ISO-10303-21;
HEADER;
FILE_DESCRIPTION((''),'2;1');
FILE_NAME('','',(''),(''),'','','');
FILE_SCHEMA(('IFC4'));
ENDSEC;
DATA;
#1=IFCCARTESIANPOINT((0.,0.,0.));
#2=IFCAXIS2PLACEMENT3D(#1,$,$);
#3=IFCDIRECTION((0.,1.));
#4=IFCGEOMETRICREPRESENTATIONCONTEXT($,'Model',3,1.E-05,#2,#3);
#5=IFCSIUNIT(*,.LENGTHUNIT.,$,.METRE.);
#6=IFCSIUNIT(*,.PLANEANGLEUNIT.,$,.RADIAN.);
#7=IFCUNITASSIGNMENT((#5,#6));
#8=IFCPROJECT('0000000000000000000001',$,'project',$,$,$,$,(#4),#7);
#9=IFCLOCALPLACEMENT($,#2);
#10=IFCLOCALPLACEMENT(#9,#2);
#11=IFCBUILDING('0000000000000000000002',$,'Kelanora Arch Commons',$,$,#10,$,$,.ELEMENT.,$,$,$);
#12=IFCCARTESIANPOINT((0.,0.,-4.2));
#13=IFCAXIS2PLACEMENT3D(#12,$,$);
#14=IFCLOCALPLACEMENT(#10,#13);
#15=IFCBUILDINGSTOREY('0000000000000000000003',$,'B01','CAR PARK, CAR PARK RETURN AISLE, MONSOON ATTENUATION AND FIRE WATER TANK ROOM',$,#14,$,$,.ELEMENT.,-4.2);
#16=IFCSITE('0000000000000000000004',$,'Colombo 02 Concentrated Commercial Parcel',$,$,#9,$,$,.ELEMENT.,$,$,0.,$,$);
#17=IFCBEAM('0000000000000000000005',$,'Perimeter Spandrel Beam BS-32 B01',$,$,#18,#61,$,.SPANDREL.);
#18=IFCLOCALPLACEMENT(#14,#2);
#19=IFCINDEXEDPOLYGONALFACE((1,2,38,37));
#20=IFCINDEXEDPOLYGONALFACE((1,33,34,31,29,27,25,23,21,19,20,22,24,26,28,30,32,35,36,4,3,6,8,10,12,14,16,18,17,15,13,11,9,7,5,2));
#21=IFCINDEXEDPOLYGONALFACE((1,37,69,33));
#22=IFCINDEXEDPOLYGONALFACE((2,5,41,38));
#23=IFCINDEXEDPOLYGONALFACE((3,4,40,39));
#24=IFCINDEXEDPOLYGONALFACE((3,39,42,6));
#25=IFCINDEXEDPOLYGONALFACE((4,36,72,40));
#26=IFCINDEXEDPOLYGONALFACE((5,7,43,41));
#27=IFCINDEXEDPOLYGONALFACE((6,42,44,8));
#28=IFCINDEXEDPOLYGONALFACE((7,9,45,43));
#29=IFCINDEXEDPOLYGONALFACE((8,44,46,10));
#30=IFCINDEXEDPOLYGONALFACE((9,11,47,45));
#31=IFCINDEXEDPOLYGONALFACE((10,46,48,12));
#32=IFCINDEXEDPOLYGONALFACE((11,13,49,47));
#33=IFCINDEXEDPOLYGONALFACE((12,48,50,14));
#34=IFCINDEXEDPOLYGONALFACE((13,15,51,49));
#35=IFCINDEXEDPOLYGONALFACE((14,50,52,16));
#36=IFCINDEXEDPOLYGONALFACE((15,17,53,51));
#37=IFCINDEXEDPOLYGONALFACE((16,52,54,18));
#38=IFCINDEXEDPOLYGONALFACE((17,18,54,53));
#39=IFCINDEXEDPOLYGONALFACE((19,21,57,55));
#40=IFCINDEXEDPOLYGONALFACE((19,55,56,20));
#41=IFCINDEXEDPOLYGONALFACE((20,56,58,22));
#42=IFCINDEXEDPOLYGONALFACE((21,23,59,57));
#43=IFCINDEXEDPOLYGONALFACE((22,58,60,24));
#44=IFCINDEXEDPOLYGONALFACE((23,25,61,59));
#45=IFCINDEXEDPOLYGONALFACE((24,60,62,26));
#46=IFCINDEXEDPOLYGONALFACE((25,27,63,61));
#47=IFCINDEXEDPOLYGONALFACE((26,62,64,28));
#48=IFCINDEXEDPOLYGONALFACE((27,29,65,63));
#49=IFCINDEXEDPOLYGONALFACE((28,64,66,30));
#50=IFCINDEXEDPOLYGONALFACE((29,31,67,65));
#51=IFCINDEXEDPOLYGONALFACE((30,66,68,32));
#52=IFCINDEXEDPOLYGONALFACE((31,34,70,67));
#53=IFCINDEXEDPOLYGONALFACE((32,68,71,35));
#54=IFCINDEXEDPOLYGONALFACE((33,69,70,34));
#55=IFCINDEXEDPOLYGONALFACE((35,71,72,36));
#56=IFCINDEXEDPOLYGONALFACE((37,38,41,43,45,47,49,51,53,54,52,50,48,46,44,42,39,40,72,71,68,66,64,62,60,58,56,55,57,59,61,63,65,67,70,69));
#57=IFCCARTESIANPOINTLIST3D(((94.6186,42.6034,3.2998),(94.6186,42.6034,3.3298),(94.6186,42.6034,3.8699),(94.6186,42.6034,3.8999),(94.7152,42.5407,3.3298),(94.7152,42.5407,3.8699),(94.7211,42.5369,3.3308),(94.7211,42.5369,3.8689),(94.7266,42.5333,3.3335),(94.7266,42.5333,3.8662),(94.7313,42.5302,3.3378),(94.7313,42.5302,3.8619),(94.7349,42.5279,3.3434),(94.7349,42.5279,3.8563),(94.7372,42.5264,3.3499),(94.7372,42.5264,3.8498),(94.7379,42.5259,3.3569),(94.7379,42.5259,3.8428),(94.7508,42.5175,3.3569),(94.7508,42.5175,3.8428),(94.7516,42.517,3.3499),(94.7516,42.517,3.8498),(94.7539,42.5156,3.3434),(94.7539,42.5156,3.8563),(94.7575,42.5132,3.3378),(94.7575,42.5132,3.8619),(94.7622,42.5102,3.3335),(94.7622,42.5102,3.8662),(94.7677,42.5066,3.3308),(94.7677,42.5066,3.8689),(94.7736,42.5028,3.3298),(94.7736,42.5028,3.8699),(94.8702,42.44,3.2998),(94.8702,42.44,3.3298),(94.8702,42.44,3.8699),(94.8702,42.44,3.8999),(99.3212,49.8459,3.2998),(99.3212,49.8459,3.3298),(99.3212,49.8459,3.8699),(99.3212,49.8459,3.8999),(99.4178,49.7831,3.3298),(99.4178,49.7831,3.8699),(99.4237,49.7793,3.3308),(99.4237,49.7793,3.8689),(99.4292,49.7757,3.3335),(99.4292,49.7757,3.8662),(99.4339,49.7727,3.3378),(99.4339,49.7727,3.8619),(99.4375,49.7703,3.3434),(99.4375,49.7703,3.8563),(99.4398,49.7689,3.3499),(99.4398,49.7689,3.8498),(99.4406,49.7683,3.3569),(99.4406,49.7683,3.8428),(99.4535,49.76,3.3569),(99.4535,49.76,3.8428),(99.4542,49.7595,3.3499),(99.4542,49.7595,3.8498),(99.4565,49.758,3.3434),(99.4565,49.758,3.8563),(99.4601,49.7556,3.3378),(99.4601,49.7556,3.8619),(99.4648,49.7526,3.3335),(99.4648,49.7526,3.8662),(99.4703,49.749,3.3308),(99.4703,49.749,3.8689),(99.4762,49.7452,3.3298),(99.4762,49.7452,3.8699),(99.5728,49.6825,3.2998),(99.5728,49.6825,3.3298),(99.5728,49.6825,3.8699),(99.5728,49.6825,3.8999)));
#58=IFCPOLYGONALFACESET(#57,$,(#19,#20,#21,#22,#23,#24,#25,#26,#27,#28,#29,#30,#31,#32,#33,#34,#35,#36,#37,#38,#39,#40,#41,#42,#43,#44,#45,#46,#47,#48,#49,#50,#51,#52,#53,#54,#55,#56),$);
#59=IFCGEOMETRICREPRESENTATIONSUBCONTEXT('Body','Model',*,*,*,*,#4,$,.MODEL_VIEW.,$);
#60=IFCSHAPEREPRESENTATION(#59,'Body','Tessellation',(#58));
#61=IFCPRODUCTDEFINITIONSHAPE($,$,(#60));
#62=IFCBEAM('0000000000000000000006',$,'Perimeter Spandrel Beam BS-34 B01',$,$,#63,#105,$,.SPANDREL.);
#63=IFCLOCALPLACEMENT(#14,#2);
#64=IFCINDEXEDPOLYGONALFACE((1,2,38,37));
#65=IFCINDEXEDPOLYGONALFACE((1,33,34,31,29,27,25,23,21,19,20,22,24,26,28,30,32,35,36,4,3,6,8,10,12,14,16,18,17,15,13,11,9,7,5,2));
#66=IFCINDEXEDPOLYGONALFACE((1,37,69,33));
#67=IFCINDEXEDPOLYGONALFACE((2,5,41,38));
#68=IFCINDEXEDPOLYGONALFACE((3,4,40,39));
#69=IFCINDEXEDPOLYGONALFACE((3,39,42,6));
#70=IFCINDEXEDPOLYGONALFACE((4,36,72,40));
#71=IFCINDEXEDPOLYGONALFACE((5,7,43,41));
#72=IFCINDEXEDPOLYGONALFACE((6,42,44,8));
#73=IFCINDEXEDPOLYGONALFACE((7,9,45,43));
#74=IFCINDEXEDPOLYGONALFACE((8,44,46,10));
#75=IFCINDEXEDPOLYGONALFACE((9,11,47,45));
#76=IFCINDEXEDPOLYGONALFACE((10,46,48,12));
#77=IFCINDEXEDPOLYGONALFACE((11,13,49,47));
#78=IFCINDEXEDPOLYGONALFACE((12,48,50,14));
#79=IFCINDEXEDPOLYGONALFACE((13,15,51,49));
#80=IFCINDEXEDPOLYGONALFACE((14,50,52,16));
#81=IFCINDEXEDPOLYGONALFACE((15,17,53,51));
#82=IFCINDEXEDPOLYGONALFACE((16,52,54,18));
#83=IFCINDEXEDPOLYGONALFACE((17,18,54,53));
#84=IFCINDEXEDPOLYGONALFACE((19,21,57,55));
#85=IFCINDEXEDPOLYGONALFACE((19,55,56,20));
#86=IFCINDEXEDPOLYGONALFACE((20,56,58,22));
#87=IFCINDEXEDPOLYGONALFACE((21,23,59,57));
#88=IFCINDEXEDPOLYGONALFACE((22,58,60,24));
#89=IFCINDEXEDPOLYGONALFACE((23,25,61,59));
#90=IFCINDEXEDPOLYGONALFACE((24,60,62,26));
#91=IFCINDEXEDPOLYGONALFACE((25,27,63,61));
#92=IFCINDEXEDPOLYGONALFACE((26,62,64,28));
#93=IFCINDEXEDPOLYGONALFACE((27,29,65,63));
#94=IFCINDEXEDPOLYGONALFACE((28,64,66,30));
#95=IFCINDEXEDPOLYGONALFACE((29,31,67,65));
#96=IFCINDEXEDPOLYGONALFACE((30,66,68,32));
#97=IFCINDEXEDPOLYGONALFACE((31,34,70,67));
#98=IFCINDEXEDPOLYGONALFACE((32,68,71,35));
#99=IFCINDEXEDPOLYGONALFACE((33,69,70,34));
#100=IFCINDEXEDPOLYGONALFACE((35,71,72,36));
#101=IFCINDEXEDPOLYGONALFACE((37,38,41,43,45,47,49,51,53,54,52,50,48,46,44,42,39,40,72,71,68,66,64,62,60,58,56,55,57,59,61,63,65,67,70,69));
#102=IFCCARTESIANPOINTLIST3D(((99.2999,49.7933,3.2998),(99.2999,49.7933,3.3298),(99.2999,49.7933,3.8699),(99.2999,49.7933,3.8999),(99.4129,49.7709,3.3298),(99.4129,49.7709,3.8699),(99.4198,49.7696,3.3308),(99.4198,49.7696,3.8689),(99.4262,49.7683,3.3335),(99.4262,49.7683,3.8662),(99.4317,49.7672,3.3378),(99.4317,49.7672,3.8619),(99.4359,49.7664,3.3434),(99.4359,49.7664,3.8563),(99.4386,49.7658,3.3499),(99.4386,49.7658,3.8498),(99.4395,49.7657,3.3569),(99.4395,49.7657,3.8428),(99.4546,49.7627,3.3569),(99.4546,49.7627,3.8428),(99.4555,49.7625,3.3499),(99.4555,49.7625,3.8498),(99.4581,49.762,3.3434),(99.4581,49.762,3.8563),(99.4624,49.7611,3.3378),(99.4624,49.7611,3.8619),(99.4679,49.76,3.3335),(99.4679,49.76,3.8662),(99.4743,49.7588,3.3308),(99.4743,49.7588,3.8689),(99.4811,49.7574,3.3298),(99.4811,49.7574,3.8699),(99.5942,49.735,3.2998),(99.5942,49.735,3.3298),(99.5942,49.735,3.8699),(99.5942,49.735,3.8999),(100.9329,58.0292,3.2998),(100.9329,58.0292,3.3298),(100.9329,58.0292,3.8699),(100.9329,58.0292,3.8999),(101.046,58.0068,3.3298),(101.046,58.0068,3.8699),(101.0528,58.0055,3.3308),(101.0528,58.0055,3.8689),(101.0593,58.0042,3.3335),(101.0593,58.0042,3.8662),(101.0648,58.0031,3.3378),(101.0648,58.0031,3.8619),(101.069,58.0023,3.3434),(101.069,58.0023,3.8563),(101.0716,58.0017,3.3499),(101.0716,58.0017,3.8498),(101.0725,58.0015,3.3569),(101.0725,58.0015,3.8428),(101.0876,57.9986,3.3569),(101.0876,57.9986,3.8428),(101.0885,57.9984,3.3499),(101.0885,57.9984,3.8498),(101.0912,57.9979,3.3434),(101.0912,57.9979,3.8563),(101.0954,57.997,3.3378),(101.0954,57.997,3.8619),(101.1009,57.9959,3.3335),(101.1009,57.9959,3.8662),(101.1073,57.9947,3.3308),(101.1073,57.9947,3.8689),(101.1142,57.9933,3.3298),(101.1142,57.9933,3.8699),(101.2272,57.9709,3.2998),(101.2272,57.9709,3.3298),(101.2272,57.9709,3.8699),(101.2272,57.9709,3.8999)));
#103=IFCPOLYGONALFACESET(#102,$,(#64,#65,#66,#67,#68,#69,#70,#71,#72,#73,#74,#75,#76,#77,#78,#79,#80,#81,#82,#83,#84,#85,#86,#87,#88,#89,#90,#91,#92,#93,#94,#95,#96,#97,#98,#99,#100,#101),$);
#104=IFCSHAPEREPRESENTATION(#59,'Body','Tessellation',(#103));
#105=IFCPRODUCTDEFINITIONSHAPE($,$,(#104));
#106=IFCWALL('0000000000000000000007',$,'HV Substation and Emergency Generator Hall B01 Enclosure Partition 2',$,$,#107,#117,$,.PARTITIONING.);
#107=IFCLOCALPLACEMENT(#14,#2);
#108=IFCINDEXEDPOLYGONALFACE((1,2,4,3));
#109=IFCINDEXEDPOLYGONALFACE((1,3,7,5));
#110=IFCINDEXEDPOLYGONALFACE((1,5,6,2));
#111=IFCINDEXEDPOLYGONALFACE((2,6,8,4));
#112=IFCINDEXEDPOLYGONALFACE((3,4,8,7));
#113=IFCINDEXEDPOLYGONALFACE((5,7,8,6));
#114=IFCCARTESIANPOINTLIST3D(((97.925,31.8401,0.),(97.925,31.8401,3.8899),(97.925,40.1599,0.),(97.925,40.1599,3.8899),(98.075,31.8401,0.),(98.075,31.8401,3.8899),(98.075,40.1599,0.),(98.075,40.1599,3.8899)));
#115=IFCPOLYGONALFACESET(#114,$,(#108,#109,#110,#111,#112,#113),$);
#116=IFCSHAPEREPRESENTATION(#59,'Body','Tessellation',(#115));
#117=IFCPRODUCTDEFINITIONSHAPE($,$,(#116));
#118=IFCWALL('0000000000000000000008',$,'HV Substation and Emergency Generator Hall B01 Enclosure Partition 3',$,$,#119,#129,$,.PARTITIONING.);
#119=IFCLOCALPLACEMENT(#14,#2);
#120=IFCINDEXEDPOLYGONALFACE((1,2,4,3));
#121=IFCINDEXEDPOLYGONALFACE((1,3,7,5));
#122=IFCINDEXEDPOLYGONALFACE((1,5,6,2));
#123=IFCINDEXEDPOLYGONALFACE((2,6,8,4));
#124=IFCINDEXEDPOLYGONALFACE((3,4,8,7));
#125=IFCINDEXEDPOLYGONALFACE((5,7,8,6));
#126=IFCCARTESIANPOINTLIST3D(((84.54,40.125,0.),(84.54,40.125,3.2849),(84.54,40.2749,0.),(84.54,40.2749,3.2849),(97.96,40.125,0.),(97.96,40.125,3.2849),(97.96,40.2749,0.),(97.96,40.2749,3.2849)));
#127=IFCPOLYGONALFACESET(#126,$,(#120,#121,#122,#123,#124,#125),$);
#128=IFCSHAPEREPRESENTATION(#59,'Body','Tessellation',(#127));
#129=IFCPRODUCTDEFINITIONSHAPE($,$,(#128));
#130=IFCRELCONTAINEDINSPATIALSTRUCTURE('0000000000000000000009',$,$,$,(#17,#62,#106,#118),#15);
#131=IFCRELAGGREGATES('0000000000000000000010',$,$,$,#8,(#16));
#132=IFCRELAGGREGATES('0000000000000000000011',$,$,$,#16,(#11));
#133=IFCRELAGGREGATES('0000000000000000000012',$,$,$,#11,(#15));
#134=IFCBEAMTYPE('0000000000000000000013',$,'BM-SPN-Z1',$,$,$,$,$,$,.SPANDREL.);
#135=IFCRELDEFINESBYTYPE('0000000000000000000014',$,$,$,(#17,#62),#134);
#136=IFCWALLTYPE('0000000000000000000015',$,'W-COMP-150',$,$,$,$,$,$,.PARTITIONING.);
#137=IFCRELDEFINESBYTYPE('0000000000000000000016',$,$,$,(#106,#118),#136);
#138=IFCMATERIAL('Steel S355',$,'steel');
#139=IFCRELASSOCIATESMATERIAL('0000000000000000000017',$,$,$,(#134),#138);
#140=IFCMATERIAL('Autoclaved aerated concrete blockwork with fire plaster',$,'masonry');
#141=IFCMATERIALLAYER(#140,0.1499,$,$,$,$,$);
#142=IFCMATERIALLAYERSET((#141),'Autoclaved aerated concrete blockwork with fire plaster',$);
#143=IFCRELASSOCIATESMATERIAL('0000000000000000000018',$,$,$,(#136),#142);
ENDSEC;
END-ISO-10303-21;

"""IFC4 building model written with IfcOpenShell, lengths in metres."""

from ifc_helpers import new_model, si_unit, direction, frame, frame_2d, origin, origin_2d, place, context, subcontext, project, spatial, rectangle, i_section, extrude, material, layer, layer_set, material_profile, profile_set, type_object, element, save


model = new_model("IFC4")

# Units and contexts
model_context = context("Model", 3, precision=1e-05, world=origin(), true_north=direction((0.0, 1.0)))
body_context = subcontext(model_context, "Body", "Model", "MODEL_VIEW")
ifc_project = project(units=[si_unit("LENGTHUNIT", "METRE"), si_unit("PLANEANGLEUNIT", "RADIAN")], contexts=[model_context])

# Site, building, storey
site_placement = place(None, origin())
site = spatial("IfcSite", under=ifc_project, at=site_placement, Name="Colombo 02 Concentrated Commercial Parcel", CompositionType="ELEMENT", RefElevation=0.0)
building_placement = place(site_placement, origin())
building = spatial("IfcBuilding", under=site, at=building_placement, Name="Kelanora Arch Commons", CompositionType="ELEMENT")
storey_placement = place(building_placement, frame((0.0, 0.0, -4.2)))
storey = spatial("IfcBuildingStorey", under=building, at=storey_placement, Name="B01", Description="CAR PARK, CAR PARK RETURN AISLE, MONSOON ATTENUATION AND FIRE WATER TANK ROOM", CompositionType="ELEMENT", Elevation=-4.2)

# Shared definitions
ifc_material_1 = material(Name="Steel S355", Category="steel")

# Beams
ifc_material_profile_1 = material_profile(ifc_material_1, i_section(OverallWidth=0.3, OverallDepth=0.6001, WebThickness=0.0154, FlangeThickness=0.03, FilletRadius=0.0271, at=origin_2d()), Name="HEB600")
ifc_profile_set_1 = profile_set([ifc_material_profile_1], Name="Steel S355")
beam_type_1 = type_object("IfcBeamType", Name="BM-SPN-Z1", PredefinedType="SPANDREL", material=ifc_profile_set_1)
beam_1_placement = place(storey_placement, frame((94.7444, 42.5217, 3.5999), z_axis=(0.544586, 0.838705, 0.0), x_axis=(-0.838705, 0.544586, 0.0)))
element("IfcBeam", 1, at=beam_1_placement, inside=storey, type_object=beam_type_1, Name="Perimeter Spandrel Beam BS-32 B01", PredefinedType="SPANDREL", context=body_context, shape_type="SweptSolid", body=[
    extrude(i_section(OverallWidth=0.3, OverallDepth=0.6001, WebThickness=0.0154, FlangeThickness=0.03, FilletRadius=0.0271, at=origin_2d()), origin(), (0.0, 0.0, 1.0), 8.6353),
])
beam_2_placement = place(storey_placement, frame((99.447, 49.7642, 3.5999), z_axis=(0.1945, 0.980903, 0.0), x_axis=(-0.980903, 0.1945, 0.0)))
element("IfcBeam", 2, at=beam_2_placement, inside=storey, type_object=beam_type_1, Name="Perimeter Spandrel Beam BS-34 B01", PredefinedType="SPANDREL", context=body_context, shape_type="SweptSolid", body=[
    extrude(i_section(OverallWidth=0.3, OverallDepth=0.6001, WebThickness=0.0154, FlangeThickness=0.03, FilletRadius=0.0271, at=origin_2d()), origin(), (0.0, 0.0, 1.0), 8.3962),
])

# Walls
ifc_material_2 = material(Name="Autoclaved aerated concrete blockwork with fire plaster", Category="masonry")
ifc_layer = layer(ifc_material_2, 0.1499)
ifc_layer_set = layer_set([ifc_layer], Name="Autoclaved aerated concrete blockwork with fire plaster")
wall_type = type_object("IfcWallType", Name="W-COMP-150", PredefinedType="PARTITIONING", material=ifc_layer_set)
wall_1_placement = place(storey_placement, frame((98.0, 31.8401, 0.0), z_axis=(0.0, 0.0, 1.0), x_axis=(0.0, 1.0, 0.0)))
element("IfcWall", 3, at=wall_1_placement, inside=storey, type_object=wall_type, Name="HV Substation and Emergency Generator Hall B01 Enclosure Partition 2", PredefinedType="PARTITIONING", context=body_context, shape_type="SweptSolid", body=[
    extrude(rectangle(XDim=8.3198, YDim=0.1499, at=frame_2d((4.1599, 0.0))), origin(), (0.0, 0.0, 1.0), 3.8899),
])
wall_2_placement = place(storey_placement, frame((97.96, 40.2, 0.0), z_axis=(0.0, 0.0, 1.0), x_axis=(-1.0, 0.0, 0.0)))
element("IfcWall", 4, at=wall_2_placement, inside=storey, type_object=wall_type, Name="HV Substation and Emergency Generator Hall B01 Enclosure Partition 3", PredefinedType="PARTITIONING", context=body_context, shape_type="SweptSolid", body=[
    extrude(rectangle(XDim=13.4199, YDim=0.1499, at=frame_2d((6.71, 0.0))), origin(), (0.0, 0.0, 1.0), 3.2849),
])

save(model, "model.ifc")
